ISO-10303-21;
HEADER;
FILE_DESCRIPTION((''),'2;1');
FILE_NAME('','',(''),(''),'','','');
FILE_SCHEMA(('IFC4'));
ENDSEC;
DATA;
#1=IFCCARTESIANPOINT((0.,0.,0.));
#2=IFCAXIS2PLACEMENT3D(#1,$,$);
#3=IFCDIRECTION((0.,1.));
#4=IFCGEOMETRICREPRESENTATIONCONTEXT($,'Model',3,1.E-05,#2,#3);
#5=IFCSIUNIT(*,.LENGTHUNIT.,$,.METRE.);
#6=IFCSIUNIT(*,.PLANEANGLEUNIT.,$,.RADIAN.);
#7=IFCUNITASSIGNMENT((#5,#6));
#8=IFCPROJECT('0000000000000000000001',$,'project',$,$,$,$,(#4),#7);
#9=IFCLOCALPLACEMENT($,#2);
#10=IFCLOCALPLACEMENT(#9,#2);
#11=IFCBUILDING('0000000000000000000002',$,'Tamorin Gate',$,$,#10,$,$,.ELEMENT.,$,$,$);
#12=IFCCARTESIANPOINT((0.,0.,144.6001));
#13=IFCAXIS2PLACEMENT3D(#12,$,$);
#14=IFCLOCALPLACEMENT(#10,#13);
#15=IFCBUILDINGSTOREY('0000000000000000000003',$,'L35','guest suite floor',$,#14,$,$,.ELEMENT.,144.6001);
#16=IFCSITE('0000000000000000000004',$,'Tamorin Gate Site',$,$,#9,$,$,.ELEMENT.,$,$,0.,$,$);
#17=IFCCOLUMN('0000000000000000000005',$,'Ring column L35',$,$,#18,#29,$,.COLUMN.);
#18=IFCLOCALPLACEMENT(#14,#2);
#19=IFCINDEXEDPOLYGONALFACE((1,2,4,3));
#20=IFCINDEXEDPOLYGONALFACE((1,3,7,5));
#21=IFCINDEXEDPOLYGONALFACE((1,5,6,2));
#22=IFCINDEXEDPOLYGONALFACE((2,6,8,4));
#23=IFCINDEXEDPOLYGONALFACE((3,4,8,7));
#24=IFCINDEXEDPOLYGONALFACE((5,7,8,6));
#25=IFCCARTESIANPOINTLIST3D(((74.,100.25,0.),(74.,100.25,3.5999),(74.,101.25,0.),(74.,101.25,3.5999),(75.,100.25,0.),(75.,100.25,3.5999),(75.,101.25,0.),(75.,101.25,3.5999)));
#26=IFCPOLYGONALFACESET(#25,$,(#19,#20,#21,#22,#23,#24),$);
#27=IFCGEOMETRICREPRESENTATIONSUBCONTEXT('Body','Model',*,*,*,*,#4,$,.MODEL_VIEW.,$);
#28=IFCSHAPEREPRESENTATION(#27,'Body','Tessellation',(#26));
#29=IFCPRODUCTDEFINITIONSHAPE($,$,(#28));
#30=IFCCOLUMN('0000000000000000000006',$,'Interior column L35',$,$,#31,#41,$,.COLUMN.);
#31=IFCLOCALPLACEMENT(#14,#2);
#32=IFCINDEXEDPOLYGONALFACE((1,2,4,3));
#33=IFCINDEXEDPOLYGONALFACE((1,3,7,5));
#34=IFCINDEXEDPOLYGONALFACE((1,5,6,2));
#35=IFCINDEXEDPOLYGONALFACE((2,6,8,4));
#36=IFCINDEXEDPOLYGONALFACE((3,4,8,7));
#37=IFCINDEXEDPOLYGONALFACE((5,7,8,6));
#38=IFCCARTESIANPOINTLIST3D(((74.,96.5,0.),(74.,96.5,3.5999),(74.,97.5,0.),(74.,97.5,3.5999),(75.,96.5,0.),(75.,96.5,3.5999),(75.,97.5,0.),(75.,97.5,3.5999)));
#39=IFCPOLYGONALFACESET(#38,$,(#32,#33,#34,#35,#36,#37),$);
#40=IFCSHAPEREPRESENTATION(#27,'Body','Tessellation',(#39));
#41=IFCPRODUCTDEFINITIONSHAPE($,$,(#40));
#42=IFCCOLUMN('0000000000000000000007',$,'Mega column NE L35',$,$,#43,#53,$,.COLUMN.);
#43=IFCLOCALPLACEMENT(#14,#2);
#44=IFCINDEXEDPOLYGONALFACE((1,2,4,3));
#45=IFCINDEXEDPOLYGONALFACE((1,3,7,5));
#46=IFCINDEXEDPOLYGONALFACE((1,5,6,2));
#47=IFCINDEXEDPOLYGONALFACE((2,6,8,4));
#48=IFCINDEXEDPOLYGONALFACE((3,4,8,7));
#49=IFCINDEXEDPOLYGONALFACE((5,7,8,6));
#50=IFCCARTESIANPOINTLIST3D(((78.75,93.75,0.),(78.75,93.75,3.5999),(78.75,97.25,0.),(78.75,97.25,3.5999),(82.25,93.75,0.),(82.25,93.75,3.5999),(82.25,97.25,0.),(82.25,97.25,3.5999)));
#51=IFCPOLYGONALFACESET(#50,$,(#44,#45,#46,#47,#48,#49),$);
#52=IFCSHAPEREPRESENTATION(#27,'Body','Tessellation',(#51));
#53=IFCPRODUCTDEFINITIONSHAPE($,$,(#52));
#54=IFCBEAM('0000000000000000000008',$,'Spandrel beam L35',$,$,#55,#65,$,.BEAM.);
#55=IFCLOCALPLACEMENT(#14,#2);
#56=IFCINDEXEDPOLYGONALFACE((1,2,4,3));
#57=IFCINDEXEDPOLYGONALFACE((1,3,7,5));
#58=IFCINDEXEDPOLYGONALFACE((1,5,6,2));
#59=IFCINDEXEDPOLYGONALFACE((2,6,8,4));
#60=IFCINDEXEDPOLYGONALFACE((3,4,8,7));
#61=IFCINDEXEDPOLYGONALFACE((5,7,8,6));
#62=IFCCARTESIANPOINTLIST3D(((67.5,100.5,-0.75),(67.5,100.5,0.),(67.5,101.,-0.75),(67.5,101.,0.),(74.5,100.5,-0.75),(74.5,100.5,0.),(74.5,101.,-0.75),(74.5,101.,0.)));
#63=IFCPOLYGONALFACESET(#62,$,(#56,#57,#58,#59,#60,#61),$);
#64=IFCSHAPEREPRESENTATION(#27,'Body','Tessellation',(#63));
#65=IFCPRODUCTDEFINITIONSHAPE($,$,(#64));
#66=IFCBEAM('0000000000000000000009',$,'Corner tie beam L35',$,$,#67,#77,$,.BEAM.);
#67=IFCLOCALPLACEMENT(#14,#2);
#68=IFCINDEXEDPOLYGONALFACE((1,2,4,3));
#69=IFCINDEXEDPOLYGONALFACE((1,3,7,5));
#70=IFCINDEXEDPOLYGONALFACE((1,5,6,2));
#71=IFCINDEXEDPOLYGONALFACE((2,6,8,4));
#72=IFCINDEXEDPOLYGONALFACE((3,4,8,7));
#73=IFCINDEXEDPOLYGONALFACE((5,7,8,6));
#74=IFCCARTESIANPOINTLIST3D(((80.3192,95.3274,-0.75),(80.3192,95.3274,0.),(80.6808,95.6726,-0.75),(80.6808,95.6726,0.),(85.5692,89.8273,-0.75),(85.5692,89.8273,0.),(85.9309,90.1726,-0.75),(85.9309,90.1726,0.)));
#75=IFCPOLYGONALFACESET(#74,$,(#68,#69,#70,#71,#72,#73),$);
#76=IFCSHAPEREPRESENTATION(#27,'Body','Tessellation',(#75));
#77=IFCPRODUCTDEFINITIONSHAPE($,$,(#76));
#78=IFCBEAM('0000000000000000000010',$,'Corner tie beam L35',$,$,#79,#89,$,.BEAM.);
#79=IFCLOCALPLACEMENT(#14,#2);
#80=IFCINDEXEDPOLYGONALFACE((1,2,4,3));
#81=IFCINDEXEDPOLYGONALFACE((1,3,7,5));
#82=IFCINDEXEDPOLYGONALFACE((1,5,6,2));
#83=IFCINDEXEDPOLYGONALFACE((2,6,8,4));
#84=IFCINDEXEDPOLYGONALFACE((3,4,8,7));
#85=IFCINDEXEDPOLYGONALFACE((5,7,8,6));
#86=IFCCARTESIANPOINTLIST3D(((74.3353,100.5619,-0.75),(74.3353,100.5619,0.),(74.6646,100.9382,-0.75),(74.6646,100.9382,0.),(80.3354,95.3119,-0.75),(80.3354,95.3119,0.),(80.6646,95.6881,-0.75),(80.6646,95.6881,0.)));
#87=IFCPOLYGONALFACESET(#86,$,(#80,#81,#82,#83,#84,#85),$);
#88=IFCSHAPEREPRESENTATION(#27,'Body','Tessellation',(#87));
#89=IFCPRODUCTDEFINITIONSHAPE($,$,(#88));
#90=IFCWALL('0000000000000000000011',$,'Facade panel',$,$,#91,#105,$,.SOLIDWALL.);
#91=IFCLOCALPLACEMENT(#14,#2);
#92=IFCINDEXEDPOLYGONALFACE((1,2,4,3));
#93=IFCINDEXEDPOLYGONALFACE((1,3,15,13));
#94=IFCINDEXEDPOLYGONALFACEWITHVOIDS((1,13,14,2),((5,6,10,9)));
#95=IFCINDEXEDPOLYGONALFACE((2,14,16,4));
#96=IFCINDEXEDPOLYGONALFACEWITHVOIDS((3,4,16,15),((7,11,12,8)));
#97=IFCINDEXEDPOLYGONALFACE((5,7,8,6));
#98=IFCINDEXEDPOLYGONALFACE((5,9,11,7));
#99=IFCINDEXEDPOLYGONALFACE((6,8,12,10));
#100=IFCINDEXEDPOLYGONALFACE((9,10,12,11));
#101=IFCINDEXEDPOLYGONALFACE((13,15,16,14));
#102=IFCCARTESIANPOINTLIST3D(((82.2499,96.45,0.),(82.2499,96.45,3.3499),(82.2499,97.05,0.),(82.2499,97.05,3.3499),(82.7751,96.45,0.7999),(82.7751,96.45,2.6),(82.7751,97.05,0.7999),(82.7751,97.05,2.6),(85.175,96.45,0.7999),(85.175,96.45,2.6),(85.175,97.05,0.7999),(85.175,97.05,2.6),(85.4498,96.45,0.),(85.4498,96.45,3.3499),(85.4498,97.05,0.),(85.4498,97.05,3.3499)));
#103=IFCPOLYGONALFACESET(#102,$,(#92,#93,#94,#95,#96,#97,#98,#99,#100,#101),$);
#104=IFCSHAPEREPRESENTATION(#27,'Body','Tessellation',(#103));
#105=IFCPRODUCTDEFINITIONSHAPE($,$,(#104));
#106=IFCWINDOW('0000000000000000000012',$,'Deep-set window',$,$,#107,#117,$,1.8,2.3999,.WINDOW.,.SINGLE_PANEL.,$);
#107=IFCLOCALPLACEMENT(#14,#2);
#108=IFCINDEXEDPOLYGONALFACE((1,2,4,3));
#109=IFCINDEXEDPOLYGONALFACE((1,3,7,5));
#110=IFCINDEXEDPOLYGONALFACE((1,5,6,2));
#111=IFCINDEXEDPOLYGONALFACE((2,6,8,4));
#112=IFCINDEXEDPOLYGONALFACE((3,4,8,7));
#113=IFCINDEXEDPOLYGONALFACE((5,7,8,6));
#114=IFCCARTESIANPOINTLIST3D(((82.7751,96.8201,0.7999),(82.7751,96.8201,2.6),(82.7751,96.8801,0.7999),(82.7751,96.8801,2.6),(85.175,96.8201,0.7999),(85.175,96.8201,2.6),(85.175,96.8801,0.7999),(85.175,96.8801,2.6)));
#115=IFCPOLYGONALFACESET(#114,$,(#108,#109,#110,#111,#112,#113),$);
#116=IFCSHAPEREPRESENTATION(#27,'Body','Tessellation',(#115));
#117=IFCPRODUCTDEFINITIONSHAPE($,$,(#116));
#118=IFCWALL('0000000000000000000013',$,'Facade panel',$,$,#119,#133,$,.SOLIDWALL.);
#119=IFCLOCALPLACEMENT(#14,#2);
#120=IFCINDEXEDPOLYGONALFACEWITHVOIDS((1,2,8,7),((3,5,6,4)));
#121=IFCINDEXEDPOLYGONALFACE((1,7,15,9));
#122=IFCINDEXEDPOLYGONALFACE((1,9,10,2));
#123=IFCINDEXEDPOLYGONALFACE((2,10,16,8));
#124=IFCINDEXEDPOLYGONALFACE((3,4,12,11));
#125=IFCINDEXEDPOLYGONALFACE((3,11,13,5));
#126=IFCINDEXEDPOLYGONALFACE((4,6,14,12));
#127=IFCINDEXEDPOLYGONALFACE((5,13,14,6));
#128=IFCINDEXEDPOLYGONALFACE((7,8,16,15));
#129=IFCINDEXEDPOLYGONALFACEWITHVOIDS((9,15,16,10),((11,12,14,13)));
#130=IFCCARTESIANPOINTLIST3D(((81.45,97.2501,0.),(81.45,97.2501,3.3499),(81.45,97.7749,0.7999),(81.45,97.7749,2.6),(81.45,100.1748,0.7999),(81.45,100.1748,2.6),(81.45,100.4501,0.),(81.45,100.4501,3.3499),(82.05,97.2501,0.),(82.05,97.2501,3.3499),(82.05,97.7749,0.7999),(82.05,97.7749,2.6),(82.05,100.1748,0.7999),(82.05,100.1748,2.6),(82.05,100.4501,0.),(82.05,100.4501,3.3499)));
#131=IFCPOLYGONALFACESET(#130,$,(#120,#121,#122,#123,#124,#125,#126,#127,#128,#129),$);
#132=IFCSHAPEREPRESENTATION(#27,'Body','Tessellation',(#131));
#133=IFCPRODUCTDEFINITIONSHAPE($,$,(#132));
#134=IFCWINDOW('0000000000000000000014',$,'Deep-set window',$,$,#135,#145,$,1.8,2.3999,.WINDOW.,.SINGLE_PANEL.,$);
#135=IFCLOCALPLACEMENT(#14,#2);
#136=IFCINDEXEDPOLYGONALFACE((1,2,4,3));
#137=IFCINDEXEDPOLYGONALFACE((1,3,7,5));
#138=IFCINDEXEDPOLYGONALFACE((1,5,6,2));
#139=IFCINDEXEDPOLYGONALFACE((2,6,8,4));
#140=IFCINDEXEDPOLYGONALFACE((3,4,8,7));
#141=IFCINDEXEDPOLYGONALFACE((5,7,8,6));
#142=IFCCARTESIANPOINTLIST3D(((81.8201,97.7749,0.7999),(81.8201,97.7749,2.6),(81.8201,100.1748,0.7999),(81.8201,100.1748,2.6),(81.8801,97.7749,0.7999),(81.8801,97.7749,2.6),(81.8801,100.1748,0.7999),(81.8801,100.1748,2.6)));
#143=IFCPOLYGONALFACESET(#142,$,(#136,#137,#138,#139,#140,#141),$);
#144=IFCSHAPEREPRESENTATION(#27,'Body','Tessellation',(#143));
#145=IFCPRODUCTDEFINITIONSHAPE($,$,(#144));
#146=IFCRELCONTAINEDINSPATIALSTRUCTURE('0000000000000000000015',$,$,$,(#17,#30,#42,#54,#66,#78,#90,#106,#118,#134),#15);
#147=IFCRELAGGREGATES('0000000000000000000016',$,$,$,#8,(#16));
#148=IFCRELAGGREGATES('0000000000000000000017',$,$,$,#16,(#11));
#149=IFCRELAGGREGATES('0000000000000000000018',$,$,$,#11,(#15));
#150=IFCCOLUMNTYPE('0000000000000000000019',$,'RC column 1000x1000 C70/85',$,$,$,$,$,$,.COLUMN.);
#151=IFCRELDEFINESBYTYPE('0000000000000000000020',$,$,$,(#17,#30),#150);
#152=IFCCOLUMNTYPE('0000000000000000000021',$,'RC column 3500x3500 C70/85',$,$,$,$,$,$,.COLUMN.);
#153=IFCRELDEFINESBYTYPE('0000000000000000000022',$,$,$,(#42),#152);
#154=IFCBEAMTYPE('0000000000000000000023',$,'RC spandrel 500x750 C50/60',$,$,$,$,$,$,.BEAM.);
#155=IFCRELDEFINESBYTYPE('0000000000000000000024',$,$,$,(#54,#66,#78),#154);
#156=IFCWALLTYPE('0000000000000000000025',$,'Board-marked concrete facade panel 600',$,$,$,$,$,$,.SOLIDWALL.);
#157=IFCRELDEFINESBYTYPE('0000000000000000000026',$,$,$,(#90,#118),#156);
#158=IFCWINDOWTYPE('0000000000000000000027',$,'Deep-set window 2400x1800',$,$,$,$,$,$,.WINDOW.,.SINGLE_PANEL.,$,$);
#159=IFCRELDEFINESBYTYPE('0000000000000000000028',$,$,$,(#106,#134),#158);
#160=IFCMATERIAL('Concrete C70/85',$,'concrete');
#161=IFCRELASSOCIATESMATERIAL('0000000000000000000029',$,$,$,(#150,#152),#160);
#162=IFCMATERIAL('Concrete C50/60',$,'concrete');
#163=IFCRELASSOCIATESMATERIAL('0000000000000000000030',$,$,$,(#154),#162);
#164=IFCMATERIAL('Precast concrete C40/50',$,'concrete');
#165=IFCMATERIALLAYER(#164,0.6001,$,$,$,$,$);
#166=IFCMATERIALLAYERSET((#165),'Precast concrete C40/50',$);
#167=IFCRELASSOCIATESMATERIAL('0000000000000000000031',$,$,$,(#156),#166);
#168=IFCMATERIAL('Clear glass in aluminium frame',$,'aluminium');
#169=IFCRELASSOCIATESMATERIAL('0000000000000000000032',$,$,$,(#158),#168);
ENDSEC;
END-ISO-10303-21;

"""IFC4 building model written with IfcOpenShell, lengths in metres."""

from ifc_helpers import new_model, si_unit, direction, frame, frame_2d, origin, origin_2d, place, context, subcontext, project, spatial, rectangle, extrude, material, layer, layer_set, material_profile, profile_set, type_object, element, fill, save


model = new_model("IFC4")

# Units and contexts
model_context = context("Model", 3, precision=1e-05, world=origin(), true_north=direction((0.0, 1.0)))
body_context = subcontext(model_context, "Body", "Model", "MODEL_VIEW")
ifc_project = project(units=[si_unit("LENGTHUNIT", "METRE"), si_unit("PLANEANGLEUNIT", "RADIAN")], contexts=[model_context])

# Site, building, storey
site_placement = place(None, origin())
site = spatial("IfcSite", under=ifc_project, at=site_placement, Name="Tamorin Gate Site", CompositionType="ELEMENT", RefElevation=0.0)
building_placement = place(site_placement, origin())
building = spatial("IfcBuilding", under=site, at=building_placement, Name="Tamorin Gate", CompositionType="ELEMENT")
storey_placement = place(building_placement, frame((0.0, 0.0, 144.6001)))
storey = spatial("IfcBuildingStorey", under=building, at=storey_placement, Name="L35", Description="guest suite floor", CompositionType="ELEMENT", Elevation=144.6001)

# Columns
ifc_material_1 = material(Name="Concrete C70/85", Category="concrete")
ifc_material_profile_1 = material_profile(ifc_material_1, rectangle(XDim=1.0, YDim=1.0, at=origin_2d()), Name="RC 1000x1000")
ifc_profile_set_1 = profile_set([ifc_material_profile_1], Name="Concrete C70/85")
column_type_1 = type_object("IfcColumnType", Name="RC column 1000x1000 C70/85", PredefinedType="COLUMN", material=ifc_profile_set_1)
for number, where, z_axis, x_axis, name in (
    (1, (74.5, 100.75, 0.0), (0.0, 0.0, 1.0), (1.0, 0.0, 0.0), "Ring column L35"),
    (2, (74.5, 97.0, 0.0), (0.0, 0.0, 1.0), (1.0, 0.0, 0.0), "Interior column L35"),
):
    element("IfcColumn", number, at=place(storey_placement, frame(where, z_axis=z_axis, x_axis=x_axis)), inside=storey, type_object=column_type_1, Name=name, PredefinedType="COLUMN", context=body_context, shape_type="SweptSolid", body=[
        extrude(rectangle(XDim=1.0, YDim=1.0, at=origin_2d()), origin(), (0.0, 0.0, 1.0), 3.5999),
    ])
ifc_material_profile_2 = material_profile(ifc_material_1, rectangle(XDim=3.5, YDim=3.5, at=origin_2d()), Name="RC 3500x3500")
ifc_profile_set_2 = profile_set([ifc_material_profile_2], Name="Concrete C70/85")
column_type_2 = type_object("IfcColumnType", Name="RC column 3500x3500 C70/85", PredefinedType="COLUMN", material=ifc_profile_set_2)
column_placement = place(storey_placement, frame((80.5, 95.5, 0.0), z_axis=(0.0, 0.0, 1.0), x_axis=(1.0, 0.0, 0.0)))
element("IfcColumn", 3, at=column_placement, inside=storey, type_object=column_type_2, Name="Mega column NE L35", PredefinedType="COLUMN", context=body_context, shape_type="SweptSolid", body=[
    extrude(rectangle(XDim=3.5, YDim=3.5, at=origin_2d()), origin(), (0.0, 0.0, 1.0), 3.5999),
])

# Beams
ifc_material_2 = material(Name="Concrete C50/60", Category="concrete")
ifc_material_profile_3 = material_profile(ifc_material_2, rectangle(XDim=0.5, YDim=0.75, at=origin_2d()), Name="RC 500x750")
ifc_profile_set_3 = profile_set([ifc_material_profile_3], Name="Concrete C50/60")
beam_type = type_object("IfcBeamType", Name="RC spandrel 500x750 C50/60", PredefinedType="BEAM", material=ifc_profile_set_3)
beam_1_placement = place(storey_placement, frame((74.5, 100.75, -0.375), z_axis=(-1.0, 0.0, 0.0), x_axis=(0.0, -1.0, 0.0)))
element("IfcBeam", 4, at=beam_1_placement, inside=storey, type_object=beam_type, Name="Spandrel beam L35", PredefinedType="BEAM", context=body_context, shape_type="SweptSolid", body=[
    extrude(rectangle(XDim=0.5, YDim=0.75, at=origin_2d()), origin(), (0.0, 0.0, 1.0), 7.0),
])
beam_2_placement = place(storey_placement, frame((80.5, 95.5, -0.375), z_axis=(0.690476, -0.723356, 0.0), x_axis=(0.723356, 0.690476, 0.0)))
element("IfcBeam", 5, at=beam_2_placement, inside=storey, type_object=beam_type, Name="Corner tie beam L35", PredefinedType="BEAM", context=body_context, shape_type="SweptSolid", body=[
    extrude(rectangle(XDim=0.5, YDim=0.75, at=origin_2d()), origin(), (0.0, 0.0, 1.0), 7.6035),
])
beam_3_placement = place(storey_placement, frame((80.5, 95.5, -0.375), z_axis=(-0.752577, 0.658505, 0.0), x_axis=(-0.658505, -0.752577, 0.0)))
element("IfcBeam", 6, at=beam_3_placement, inside=storey, type_object=beam_type, Name="Corner tie beam L35", PredefinedType="BEAM", context=body_context, shape_type="SweptSolid", body=[
    extrude(rectangle(XDim=0.5, YDim=0.75, at=origin_2d()), origin(), (0.0, 0.0, 1.0), 7.9727),
])

# Walls, openings, windows
ifc_material_3 = material(Name="Precast concrete C40/50", Category="concrete")
ifc_layer_1 = layer(ifc_material_3, 0.6001)
ifc_layer_set_1 = layer_set([ifc_layer_1], Name="Precast concrete C40/50")
wall_type_1 = type_object("IfcWallType", Name="Board-marked concrete facade panel 600", PredefinedType="SOLIDWALL", material=ifc_layer_set_1)
wall_1_placement = place(storey_placement, frame((85.45, 96.75, 0.0), z_axis=(0.0, 0.0, 1.0), x_axis=(-1.0, 0.0, 0.0)))
wall_1 = element("IfcWall", 7, at=wall_1_placement, inside=storey, type_object=wall_type_1, Name="Facade panel", PredefinedType="SOLIDWALL", context=body_context, shape_type="SweptSolid", body=[
    extrude(rectangle(XDim=3.2, YDim=0.6001, at=frame_2d((1.6001, 0.0))), origin(), (0.0, 0.0, 1.0), 3.3499),
])
opening_1_placement = place(wall_1_placement, frame((0.2749, 0.0, 0.8)))
opening_1 = element("IfcOpeningElement", 8, at=opening_1_placement, cuts=wall_1, PredefinedType="OPENING", context=body_context, shape_type="SweptSolid", body=[
    extrude(rectangle(XDim=2.3999, YDim=1.8, at=frame_2d((1.2, 0.8999))), frame((0.0, 0.3101, 0.0), z_axis=(0.0, -1.0, 0.0), x_axis=(1.0, 0.0, 0.0)), (0.0, 0.0, 1.0), 0.6201),
])
ifc_material_4 = material(Name="Clear glass in aluminium frame", Category="aluminium")
window_type_1 = type_object("IfcWindowType", Name="Deep-set window 2400x1800", PartitioningType="SINGLE_PANEL", PredefinedType="WINDOW", material=ifc_material_4)
window_1_placement = place(opening_1_placement, origin())
window_1 = element("IfcWindow", 9, at=window_1_placement, inside=storey, type_object=window_type_1, Name="Deep-set window", OverallHeight=1.8, OverallWidth=2.3999, PartitioningType="SINGLE_PANEL", PredefinedType="WINDOW", context=body_context, shape_type="SweptSolid", body=[
    extrude(rectangle(XDim=2.3999, YDim=1.8, at=frame_2d((1.2, 0.8999))), frame((0.0, -0.0701, 0.0), z_axis=(0.0, -1.0, 0.0), x_axis=(1.0, 0.0, 0.0)), (0.0, 0.0, 1.0), 0.0601),
])
fill(opening_1, window_1)
wall_2_placement = place(storey_placement, frame((81.75, 97.25, 0.0), z_axis=(0.0, 0.0, 1.0), x_axis=(0.0, 1.0, 0.0)))
wall_2 = element("IfcWall", 10, at=wall_2_placement, inside=storey, type_object=wall_type_1, Name="Facade panel", PredefinedType="SOLIDWALL", context=body_context, shape_type="SweptSolid", body=[
    extrude(rectangle(XDim=3.2, YDim=0.6001, at=frame_2d((1.6001, 0.0))), origin(), (0.0, 0.0, 1.0), 3.3499),
])
opening_2_placement = place(wall_2_placement, frame((0.5249, 0.0, 0.8)))
opening_2 = element("IfcOpeningElement", 11, at=opening_2_placement, cuts=wall_2, PredefinedType="OPENING", context=body_context, shape_type="SweptSolid", body=[
    extrude(rectangle(XDim=2.3999, YDim=1.8, at=frame_2d((1.2, 0.8999))), frame((0.0, 0.3101, 0.0), z_axis=(0.0, -1.0, 0.0), x_axis=(1.0, 0.0, 0.0)), (0.0, 0.0, 1.0), 0.6201),
])
window_2_placement = place(opening_2_placement, origin())
window_2 = element("IfcWindow", 12, at=window_2_placement, inside=storey, type_object=window_type_1, Name="Deep-set window", OverallHeight=1.8, OverallWidth=2.3999, PartitioningType="SINGLE_PANEL", PredefinedType="WINDOW", context=body_context, shape_type="SweptSolid", body=[
    extrude(rectangle(XDim=2.3999, YDim=1.8, at=frame_2d((1.2, 0.8999))), frame((0.0, -0.0701, 0.0), z_axis=(0.0, -1.0, 0.0), x_axis=(1.0, 0.0, 0.0)), (0.0, 0.0, 1.0), 0.0601),
])
fill(opening_2, window_2)

save(model, "model.ifc")
